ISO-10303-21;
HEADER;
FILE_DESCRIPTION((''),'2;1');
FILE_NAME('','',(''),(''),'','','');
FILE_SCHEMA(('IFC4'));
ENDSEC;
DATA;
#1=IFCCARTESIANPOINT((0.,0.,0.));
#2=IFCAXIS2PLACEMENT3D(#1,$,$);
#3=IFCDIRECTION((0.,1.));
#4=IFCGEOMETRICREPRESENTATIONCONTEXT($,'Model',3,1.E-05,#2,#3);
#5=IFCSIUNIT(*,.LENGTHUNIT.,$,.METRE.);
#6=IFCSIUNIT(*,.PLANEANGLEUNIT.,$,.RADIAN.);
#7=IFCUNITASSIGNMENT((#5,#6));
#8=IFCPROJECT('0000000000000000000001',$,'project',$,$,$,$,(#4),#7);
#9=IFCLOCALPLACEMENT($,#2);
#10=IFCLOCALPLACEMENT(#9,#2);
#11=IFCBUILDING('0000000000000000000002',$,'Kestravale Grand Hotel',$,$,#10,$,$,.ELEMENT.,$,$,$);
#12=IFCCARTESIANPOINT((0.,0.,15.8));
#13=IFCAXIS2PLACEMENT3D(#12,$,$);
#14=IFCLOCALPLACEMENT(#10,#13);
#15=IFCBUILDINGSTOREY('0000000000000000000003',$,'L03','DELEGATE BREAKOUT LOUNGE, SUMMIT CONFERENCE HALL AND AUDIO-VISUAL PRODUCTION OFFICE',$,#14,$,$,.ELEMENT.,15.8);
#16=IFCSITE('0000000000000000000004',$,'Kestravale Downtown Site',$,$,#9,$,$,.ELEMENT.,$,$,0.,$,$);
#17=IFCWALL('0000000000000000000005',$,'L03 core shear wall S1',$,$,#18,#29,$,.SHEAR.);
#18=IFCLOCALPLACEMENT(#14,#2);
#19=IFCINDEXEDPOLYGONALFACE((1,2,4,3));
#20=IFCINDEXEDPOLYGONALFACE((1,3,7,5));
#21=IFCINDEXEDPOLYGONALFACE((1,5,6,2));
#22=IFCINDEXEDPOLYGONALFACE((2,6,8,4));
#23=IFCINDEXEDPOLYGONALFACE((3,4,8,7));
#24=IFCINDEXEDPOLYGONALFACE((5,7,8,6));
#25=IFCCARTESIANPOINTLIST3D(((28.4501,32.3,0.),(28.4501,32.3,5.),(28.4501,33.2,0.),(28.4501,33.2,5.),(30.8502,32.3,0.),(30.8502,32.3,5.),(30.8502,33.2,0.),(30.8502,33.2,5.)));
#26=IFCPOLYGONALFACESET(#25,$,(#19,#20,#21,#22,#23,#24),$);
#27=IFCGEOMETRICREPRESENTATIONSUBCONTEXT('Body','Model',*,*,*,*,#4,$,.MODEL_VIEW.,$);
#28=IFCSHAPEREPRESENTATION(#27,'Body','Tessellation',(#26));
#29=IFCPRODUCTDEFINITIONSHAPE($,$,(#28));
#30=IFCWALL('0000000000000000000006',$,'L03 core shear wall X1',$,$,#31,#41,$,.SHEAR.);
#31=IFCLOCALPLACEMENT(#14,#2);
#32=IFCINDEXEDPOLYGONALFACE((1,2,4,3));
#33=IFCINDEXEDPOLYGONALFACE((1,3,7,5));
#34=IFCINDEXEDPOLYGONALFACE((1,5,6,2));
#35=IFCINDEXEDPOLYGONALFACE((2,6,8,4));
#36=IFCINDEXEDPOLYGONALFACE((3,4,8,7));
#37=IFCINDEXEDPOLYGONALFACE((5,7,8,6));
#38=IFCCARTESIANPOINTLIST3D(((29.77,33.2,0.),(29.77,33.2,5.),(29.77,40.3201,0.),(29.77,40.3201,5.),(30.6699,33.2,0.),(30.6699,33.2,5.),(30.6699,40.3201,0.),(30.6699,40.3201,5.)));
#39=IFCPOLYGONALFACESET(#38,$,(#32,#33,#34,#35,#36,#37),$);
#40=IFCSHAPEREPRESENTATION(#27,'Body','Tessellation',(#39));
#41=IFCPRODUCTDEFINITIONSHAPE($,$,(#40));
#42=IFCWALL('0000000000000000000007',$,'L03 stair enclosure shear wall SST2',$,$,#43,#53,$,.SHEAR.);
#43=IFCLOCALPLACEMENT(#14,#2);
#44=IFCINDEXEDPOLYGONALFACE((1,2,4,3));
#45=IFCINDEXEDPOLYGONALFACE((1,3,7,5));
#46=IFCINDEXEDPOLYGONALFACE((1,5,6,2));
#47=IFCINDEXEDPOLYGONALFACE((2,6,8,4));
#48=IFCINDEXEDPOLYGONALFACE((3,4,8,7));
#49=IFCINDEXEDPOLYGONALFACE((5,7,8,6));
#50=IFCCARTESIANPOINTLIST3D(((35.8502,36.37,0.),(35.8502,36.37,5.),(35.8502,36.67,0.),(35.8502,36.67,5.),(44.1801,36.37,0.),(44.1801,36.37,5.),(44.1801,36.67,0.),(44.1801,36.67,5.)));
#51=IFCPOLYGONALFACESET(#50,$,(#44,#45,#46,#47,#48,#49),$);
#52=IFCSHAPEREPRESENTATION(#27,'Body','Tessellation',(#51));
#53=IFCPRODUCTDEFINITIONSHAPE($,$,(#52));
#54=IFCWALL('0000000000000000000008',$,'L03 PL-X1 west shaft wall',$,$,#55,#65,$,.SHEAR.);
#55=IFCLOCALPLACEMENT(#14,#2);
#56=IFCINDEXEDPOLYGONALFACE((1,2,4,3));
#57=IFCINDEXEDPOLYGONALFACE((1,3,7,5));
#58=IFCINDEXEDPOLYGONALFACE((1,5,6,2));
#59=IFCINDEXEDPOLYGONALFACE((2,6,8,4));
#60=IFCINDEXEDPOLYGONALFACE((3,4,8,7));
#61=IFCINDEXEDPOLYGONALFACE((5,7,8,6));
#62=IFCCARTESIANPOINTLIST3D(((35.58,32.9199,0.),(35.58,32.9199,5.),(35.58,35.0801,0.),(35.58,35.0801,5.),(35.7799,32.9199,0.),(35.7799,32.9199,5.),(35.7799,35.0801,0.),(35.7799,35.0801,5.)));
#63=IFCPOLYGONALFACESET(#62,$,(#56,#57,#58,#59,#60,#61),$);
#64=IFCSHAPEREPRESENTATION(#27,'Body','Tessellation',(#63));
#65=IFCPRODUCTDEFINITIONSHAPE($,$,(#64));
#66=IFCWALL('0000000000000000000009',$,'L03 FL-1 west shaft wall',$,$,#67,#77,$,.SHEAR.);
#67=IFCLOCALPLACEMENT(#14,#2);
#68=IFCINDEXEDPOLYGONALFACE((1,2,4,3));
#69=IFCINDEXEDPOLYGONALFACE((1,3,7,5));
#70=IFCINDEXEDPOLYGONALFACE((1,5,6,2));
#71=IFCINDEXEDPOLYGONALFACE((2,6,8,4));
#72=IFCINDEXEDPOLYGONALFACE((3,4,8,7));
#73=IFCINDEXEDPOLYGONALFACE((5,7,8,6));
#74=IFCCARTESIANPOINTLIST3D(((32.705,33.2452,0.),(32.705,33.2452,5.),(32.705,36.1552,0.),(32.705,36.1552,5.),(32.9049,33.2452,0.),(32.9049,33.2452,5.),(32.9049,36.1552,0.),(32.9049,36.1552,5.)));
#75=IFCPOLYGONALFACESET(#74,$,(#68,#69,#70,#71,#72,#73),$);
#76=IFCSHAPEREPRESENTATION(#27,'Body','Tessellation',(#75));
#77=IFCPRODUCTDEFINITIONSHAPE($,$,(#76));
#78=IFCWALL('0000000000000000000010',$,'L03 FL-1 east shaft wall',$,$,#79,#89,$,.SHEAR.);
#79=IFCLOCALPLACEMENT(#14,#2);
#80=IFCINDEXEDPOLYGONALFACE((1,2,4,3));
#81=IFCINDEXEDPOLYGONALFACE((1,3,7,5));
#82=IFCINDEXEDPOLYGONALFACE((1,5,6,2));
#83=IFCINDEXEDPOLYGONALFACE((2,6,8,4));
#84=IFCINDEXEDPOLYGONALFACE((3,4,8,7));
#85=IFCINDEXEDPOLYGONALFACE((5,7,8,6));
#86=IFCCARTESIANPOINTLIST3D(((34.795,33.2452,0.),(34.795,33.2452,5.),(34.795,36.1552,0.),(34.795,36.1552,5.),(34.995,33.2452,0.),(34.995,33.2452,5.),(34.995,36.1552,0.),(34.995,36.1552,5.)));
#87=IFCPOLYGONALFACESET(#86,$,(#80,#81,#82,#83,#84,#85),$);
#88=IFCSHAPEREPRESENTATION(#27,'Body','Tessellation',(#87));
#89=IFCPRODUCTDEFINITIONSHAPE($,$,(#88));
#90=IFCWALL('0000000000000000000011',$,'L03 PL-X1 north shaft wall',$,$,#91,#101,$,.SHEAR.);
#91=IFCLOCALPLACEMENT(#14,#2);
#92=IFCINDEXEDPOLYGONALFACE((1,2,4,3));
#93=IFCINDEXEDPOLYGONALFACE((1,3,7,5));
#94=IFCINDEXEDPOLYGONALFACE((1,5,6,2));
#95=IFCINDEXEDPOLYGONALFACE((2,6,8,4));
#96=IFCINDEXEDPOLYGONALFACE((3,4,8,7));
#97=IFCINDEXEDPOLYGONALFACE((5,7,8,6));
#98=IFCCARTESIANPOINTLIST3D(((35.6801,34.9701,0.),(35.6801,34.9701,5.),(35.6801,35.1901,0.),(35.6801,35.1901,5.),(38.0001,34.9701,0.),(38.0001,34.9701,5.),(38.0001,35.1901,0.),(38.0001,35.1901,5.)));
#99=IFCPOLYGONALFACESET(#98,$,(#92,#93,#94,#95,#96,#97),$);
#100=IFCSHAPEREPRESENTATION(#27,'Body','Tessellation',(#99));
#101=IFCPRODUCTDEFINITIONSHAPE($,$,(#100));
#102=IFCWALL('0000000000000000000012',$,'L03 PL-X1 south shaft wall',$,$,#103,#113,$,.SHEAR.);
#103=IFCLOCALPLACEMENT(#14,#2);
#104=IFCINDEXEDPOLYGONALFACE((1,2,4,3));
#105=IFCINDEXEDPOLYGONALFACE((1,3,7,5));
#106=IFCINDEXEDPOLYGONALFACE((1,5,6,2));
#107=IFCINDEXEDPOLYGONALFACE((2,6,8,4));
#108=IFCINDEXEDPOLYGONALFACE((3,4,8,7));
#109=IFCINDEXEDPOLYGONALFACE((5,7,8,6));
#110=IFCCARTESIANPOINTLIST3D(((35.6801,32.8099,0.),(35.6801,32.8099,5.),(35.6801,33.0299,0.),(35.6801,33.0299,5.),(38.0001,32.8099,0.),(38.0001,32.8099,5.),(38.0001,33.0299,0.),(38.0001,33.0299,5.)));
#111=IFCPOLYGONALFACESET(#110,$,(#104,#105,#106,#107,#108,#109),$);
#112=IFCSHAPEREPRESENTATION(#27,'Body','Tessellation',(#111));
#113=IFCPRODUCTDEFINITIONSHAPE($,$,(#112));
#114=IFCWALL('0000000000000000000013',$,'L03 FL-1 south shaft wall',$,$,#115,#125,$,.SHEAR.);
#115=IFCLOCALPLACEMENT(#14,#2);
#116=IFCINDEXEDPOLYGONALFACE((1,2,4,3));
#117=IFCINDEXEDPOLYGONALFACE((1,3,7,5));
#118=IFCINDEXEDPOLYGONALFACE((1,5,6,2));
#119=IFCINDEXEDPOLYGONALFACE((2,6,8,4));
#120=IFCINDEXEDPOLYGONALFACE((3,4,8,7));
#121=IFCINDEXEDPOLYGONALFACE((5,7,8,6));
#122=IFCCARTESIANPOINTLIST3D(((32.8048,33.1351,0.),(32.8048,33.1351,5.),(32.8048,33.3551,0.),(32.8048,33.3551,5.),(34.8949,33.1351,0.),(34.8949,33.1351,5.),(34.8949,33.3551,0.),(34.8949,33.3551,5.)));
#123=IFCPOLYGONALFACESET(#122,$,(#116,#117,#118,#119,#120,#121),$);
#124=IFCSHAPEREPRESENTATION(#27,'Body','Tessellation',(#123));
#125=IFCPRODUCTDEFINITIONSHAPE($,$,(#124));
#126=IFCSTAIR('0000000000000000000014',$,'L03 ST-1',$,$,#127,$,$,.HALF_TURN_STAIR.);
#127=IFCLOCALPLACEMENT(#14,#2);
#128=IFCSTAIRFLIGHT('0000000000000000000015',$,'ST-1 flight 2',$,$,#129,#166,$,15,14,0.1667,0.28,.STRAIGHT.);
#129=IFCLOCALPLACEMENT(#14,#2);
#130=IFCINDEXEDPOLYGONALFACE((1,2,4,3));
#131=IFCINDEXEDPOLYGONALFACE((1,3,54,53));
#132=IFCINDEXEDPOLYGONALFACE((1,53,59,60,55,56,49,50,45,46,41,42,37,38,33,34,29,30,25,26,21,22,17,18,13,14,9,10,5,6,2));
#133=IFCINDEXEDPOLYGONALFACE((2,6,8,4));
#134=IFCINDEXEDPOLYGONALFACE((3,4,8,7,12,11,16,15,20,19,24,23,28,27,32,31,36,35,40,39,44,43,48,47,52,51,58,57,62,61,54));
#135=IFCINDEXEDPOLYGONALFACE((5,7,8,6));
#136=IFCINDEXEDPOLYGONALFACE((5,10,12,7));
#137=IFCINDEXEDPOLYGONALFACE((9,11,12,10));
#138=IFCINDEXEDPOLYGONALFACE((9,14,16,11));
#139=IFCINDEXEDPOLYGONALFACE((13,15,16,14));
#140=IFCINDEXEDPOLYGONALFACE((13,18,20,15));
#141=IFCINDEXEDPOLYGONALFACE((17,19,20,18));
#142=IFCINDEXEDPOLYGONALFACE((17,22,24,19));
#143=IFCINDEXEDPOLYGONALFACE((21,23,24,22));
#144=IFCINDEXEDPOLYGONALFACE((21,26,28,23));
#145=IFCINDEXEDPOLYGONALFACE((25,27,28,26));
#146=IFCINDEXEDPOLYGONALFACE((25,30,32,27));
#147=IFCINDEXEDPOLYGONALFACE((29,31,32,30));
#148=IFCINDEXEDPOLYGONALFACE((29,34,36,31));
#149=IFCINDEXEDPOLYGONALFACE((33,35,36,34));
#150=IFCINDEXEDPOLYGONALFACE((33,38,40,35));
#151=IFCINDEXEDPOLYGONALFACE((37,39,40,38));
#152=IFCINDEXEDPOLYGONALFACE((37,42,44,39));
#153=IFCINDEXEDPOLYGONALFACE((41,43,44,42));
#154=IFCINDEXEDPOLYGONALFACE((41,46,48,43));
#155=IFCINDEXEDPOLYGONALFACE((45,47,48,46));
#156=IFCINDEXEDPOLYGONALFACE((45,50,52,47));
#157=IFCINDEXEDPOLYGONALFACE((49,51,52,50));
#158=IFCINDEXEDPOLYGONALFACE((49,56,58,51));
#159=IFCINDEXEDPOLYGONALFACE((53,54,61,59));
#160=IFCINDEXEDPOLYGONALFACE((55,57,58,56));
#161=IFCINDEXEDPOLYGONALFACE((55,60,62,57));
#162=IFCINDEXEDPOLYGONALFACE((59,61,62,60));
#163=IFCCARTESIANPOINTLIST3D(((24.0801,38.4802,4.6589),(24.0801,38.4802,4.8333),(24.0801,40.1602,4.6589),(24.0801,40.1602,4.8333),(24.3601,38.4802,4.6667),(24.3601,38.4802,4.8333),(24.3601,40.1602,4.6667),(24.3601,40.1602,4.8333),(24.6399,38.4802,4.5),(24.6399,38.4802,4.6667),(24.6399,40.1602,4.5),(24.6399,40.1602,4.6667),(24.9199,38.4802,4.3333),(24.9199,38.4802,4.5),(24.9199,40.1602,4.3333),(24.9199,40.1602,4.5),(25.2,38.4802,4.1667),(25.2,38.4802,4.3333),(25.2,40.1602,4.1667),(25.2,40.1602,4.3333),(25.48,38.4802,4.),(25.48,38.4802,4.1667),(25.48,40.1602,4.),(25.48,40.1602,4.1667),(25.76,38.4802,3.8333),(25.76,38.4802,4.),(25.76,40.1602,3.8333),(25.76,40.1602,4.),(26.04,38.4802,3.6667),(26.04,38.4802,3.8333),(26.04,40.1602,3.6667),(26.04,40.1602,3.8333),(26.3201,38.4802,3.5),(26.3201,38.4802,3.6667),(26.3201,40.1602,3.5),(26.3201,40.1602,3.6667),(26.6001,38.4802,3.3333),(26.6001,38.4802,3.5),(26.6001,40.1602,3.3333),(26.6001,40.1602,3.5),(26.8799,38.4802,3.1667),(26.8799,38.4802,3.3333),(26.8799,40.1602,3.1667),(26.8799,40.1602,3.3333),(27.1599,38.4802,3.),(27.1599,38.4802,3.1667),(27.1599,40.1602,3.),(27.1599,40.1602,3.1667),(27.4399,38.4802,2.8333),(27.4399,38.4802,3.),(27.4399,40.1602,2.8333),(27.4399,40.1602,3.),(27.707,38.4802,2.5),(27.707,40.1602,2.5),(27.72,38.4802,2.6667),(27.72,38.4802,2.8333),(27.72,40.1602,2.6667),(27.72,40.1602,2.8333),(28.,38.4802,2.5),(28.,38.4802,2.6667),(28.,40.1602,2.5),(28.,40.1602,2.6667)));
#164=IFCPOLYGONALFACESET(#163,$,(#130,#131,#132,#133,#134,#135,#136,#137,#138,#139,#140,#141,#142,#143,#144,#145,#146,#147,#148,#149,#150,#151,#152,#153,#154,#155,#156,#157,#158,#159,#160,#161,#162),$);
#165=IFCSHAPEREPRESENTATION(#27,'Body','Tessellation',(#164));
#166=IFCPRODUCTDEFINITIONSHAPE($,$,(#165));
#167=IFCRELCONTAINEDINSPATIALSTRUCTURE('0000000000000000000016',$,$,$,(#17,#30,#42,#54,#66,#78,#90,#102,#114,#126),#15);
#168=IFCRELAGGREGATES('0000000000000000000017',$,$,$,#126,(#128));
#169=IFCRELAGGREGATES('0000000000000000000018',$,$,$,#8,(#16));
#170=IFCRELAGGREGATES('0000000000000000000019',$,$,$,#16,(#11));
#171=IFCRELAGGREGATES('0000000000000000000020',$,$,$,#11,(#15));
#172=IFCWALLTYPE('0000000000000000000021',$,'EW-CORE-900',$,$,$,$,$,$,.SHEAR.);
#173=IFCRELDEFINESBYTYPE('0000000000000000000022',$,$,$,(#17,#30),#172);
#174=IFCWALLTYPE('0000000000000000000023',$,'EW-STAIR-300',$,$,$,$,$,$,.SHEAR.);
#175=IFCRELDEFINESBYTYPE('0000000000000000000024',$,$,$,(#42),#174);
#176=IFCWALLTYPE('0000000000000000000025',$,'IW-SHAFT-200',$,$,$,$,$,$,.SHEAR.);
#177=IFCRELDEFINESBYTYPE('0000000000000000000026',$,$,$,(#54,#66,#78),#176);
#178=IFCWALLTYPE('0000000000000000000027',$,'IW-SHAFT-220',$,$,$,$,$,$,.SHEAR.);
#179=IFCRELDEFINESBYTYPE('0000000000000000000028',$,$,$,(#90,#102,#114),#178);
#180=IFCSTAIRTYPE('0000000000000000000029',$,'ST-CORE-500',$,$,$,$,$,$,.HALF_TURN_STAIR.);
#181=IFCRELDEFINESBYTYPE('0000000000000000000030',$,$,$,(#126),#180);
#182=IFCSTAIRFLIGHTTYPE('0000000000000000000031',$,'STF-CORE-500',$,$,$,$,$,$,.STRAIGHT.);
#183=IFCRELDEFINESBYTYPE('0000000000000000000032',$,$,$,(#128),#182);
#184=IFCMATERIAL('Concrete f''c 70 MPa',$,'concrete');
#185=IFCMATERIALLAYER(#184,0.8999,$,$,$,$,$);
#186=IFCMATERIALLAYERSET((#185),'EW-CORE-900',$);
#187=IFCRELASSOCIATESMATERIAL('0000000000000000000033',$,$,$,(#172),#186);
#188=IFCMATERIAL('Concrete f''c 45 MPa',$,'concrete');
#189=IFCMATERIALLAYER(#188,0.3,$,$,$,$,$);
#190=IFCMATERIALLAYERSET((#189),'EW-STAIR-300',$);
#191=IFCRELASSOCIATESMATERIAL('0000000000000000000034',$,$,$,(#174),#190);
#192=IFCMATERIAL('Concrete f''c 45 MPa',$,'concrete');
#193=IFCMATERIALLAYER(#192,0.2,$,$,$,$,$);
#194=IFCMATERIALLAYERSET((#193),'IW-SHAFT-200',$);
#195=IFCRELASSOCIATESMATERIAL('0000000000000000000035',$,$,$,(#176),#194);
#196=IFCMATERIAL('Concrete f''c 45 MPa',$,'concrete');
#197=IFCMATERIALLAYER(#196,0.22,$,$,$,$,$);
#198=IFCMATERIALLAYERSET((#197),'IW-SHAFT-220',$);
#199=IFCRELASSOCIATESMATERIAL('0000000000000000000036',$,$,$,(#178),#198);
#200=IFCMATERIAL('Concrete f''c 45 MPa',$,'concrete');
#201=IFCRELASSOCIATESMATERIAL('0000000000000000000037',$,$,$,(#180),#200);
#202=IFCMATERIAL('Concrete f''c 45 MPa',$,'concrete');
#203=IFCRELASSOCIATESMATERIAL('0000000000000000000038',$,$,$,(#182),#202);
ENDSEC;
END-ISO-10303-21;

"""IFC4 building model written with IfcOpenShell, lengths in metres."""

from ifc_helpers import new_model, si_unit, direction, frame, frame_2d, origin, place, context, subcontext, project, spatial, polyline, rectangle, outline, extrude, material, layer, layer_set, type_object, element, aggregate, save


model = new_model("IFC4")

# Units and contexts
model_context = context("Model", 3, precision=1e-05, world=origin(), true_north=direction((0.0, 1.0)))
body_context = subcontext(model_context, "Body", "Model", "MODEL_VIEW")
ifc_project = project(units=[si_unit("LENGTHUNIT", "METRE"), si_unit("PLANEANGLEUNIT", "RADIAN")], contexts=[model_context])

# Site, building, storey
site_placement = place(None, origin())
site = spatial("IfcSite", under=ifc_project, at=site_placement, Name="Kestravale Downtown Site", CompositionType="ELEMENT", RefElevation=0.0)
building_placement = place(site_placement, origin())
building = spatial("IfcBuilding", under=site, at=building_placement, Name="Kestravale Grand Hotel", CompositionType="ELEMENT")
storey_placement = place(building_placement, frame((0.0, 0.0, 15.8)))
storey = spatial("IfcBuildingStorey", under=building, at=storey_placement, Name="L03", Description="DELEGATE BREAKOUT LOUNGE, SUMMIT CONFERENCE HALL AND AUDIO-VISUAL PRODUCTION OFFICE", CompositionType="ELEMENT", Elevation=15.8)

# Walls
ifc_material_1 = material(Name="Concrete f'c 70 MPa", Category="concrete")
ifc_layer_1 = layer(ifc_material_1, 0.8999)
ifc_layer_set_1 = layer_set([ifc_layer_1], Name="EW-CORE-900")
wall_type_1 = type_object("IfcWallType", Name="EW-CORE-900", PredefinedType="SHEAR", material=ifc_layer_set_1)
wall_1_placement = place(storey_placement, frame((28.45, 32.75, 0.0), z_axis=(0.0, 0.0, 1.0), x_axis=(1.0, 0.0, 0.0)))
element("IfcWall", 1, at=wall_1_placement, inside=storey, type_object=wall_type_1, Name="L03 core shear wall S1", PredefinedType="SHEAR", context=body_context, shape_type="SweptSolid", body=[
    extrude(rectangle(XDim=2.4001, YDim=0.8999, at=frame_2d((1.2002, 0.0))), origin(), (0.0, 0.0, 1.0), 5.0),
])
wall_2_placement = place(storey_placement, frame((30.22, 33.2, 0.0), z_axis=(0.0, 0.0, 1.0), x_axis=(0.0, 1.0, 0.0)))
element("IfcWall", 2, at=wall_2_placement, inside=storey, type_object=wall_type_1, Name="L03 core shear wall X1", PredefinedType="SHEAR", context=body_context, shape_type="SweptSolid", body=[
    extrude(rectangle(XDim=7.1201, YDim=0.8999, at=frame_2d((3.5601, 0.0))), origin(), (0.0, 0.0, 1.0), 5.0),
])

# Wall
ifc_material_2 = material(Name="Concrete f'c 45 MPa", Category="concrete")
ifc_layer_2 = layer(ifc_material_2, 0.3)
ifc_layer_set_2 = layer_set([ifc_layer_2], Name="EW-STAIR-300")
wall_type_2 = type_object("IfcWallType", Name="EW-STAIR-300", PredefinedType="SHEAR", material=ifc_layer_set_2)
wall_3_placement = place(storey_placement, frame((35.8501, 36.52, 0.0), z_axis=(0.0, 0.0, 1.0), x_axis=(1.0, 0.0, 0.0)))
element("IfcWall", 3, at=wall_3_placement, inside=storey, type_object=wall_type_2, Name="L03 stair enclosure shear wall SST2", PredefinedType="SHEAR", context=body_context, shape_type="SweptSolid", body=[
    extrude(rectangle(XDim=8.3298, YDim=0.3, at=frame_2d((4.165, 0.0))), origin(), (0.0, 0.0, 1.0), 5.0),
])

# Walls
ifc_material_3 = material(Name="Concrete f'c 45 MPa", Category="concrete")
ifc_layer_3 = layer(ifc_material_3, 0.2)
ifc_layer_set_3 = layer_set([ifc_layer_3], Name="IW-SHAFT-200")
wall_type_3 = type_object("IfcWallType", Name="IW-SHAFT-200", PredefinedType="SHEAR", material=ifc_layer_set_3)
wall_4_placement = place(storey_placement, frame((35.6799, 32.9199, 0.0), z_axis=(0.0, 0.0, 1.0), x_axis=(0.0, 1.0, 0.0)))
element("IfcWall", 4, at=wall_4_placement, inside=storey, type_object=wall_type_3, Name="L03 PL-X1 west shaft wall", PredefinedType="SHEAR", context=body_context, shape_type="SweptSolid", body=[
    extrude(rectangle(XDim=2.1602, YDim=0.2, at=frame_2d((1.0801, 0.0))), origin(), (0.0, 0.0, 1.0), 5.0),
])
for number, where, z_axis, x_axis, name in (
    (5, (32.8049, 33.2451, 0.0), (0.0, 0.0, 1.0), (0.0, 1.0, 0.0), "L03 FL-1 west shaft wall"),
    (6, (34.895, 33.2451, 0.0), (0.0, 0.0, 1.0), (0.0, 1.0, 0.0), "L03 FL-1 east shaft wall"),
):
    element("IfcWall", number, at=place(storey_placement, frame(where, z_axis=z_axis, x_axis=x_axis)), inside=storey, type_object=wall_type_3, Name=name, PredefinedType="SHEAR", context=body_context, shape_type="SweptSolid", body=[
        extrude(rectangle(XDim=2.9099, YDim=0.2, at=frame_2d((1.4551, 0.0))), origin(), (0.0, 0.0, 1.0), 5.0),
    ])

# Shared definitions
ifc_material_4 = material(Name="Concrete f'c 45 MPa", Category="concrete")
ifc_layer_4 = layer(ifc_material_4, 0.22)
ifc_layer_set_4 = layer_set([ifc_layer_4], Name="IW-SHAFT-220")
wall_type_4 = type_object("IfcWallType", Name="IW-SHAFT-220", PredefinedType="SHEAR", material=ifc_layer_set_4)

# Walls
for number, where, z_axis, x_axis, name in (
    (7, (35.6799, 35.0801, 0.0), (0.0, 0.0, 1.0), (1.0, 0.0, 0.0), "L03 PL-X1 north shaft wall"),
    (8, (35.6799, 32.9199, 0.0), (0.0, 0.0, 1.0), (1.0, 0.0, 0.0), "L03 PL-X1 south shaft wall"),
):
    element("IfcWall", number, at=place(storey_placement, frame(where, z_axis=z_axis, x_axis=x_axis)), inside=storey, type_object=wall_type_4, Name=name, PredefinedType="SHEAR", context=body_context, shape_type="SweptSolid", body=[
        extrude(rectangle(XDim=2.3201, YDim=0.22, at=frame_2d((1.1602, 0.0))), origin(), (0.0, 0.0, 1.0), 5.0),
    ])

# Wall
wall_5_placement = place(storey_placement, frame((32.8049, 33.2451, 0.0), z_axis=(0.0, 0.0, 1.0), x_axis=(1.0, 0.0, 0.0)))
element("IfcWall", 9, at=wall_5_placement, inside=storey, type_object=wall_type_4, Name="L03 FL-1 south shaft wall", PredefinedType="SHEAR", context=body_context, shape_type="SweptSolid", body=[
    extrude(rectangle(XDim=2.0901, YDim=0.22, at=frame_2d((1.0449, 0.0))), origin(), (0.0, 0.0, 1.0), 5.0),
])

# Stair, stair flight
ifc_material_5 = material(Name="Concrete f'c 45 MPa", Category="concrete")
stair_type = type_object("IfcStairType", Name="ST-CORE-500", PredefinedType="HALF_TURN_STAIR", material=ifc_material_5)
stair_placement = place(storey_placement, origin())
stair = element("IfcStair", 10, at=stair_placement, inside=storey, type_object=stair_type, Name="L03 ST-1", PredefinedType="HALF_TURN_STAIR")
ifc_material_6 = material(Name="Concrete f'c 45 MPa", Category="concrete")
stair_flight_type = type_object("IfcStairFlightType", Name="STF-CORE-500", PredefinedType="STRAIGHT", material=ifc_material_6)
stair_flight_placement = place(storey_placement, frame((28.0, 39.3201, 2.5), z_axis=(0.0, 0.0, 1.0), x_axis=(-1.0, 0.0, 0.0)))
stair_flight = element("IfcStairFlight", 11, at=stair_flight_placement, type_object=stair_flight_type, Name="ST-1 flight 2", NumberOfRisers=15, NumberOfTreads=14, PredefinedType="STRAIGHT", RiserHeight=0.1667, TreadLength=0.28, context=body_context, shape_type="SweptSolid", body=[
    extrude(outline(polyline([(0.0, 0.0), (0.0, 0.1667), (0.28, 0.1667), (0.28, 0.3333), (0.5601, 0.3333), (0.5601, 0.5), (0.8401, 0.5), (0.8401, 0.6667), (1.1201, 0.6667), (1.1201, 0.8333), (1.3999, 0.8333), (1.3999, 1.0), (1.6799, 1.0), (1.6799, 1.1667), (1.96, 1.1667), (1.96, 1.3333), (2.24, 1.3333), (2.24, 1.5), (2.52, 1.5), (2.52, 1.6667), (2.8, 1.6667), (2.8, 1.8333), (3.0801, 1.8333), (3.0801, 2.0), (3.3601, 2.0), (3.3601, 2.1667), (3.6399, 2.1667), (3.6399, 2.3333), (3.9199, 2.3333), (3.9199, 2.5), (3.9199, 2.1589), (0.293, 0.0), (0.0, 0.0)])), frame((0.0, 0.8398, 0.0), z_axis=(0.0, -1.0, 0.0), x_axis=(1.0, 0.0, 0.0)), (0.0, 0.0, 1.0), 1.6799),
])
aggregate(stair, [stair_flight])

save(model, "model.ifc")
